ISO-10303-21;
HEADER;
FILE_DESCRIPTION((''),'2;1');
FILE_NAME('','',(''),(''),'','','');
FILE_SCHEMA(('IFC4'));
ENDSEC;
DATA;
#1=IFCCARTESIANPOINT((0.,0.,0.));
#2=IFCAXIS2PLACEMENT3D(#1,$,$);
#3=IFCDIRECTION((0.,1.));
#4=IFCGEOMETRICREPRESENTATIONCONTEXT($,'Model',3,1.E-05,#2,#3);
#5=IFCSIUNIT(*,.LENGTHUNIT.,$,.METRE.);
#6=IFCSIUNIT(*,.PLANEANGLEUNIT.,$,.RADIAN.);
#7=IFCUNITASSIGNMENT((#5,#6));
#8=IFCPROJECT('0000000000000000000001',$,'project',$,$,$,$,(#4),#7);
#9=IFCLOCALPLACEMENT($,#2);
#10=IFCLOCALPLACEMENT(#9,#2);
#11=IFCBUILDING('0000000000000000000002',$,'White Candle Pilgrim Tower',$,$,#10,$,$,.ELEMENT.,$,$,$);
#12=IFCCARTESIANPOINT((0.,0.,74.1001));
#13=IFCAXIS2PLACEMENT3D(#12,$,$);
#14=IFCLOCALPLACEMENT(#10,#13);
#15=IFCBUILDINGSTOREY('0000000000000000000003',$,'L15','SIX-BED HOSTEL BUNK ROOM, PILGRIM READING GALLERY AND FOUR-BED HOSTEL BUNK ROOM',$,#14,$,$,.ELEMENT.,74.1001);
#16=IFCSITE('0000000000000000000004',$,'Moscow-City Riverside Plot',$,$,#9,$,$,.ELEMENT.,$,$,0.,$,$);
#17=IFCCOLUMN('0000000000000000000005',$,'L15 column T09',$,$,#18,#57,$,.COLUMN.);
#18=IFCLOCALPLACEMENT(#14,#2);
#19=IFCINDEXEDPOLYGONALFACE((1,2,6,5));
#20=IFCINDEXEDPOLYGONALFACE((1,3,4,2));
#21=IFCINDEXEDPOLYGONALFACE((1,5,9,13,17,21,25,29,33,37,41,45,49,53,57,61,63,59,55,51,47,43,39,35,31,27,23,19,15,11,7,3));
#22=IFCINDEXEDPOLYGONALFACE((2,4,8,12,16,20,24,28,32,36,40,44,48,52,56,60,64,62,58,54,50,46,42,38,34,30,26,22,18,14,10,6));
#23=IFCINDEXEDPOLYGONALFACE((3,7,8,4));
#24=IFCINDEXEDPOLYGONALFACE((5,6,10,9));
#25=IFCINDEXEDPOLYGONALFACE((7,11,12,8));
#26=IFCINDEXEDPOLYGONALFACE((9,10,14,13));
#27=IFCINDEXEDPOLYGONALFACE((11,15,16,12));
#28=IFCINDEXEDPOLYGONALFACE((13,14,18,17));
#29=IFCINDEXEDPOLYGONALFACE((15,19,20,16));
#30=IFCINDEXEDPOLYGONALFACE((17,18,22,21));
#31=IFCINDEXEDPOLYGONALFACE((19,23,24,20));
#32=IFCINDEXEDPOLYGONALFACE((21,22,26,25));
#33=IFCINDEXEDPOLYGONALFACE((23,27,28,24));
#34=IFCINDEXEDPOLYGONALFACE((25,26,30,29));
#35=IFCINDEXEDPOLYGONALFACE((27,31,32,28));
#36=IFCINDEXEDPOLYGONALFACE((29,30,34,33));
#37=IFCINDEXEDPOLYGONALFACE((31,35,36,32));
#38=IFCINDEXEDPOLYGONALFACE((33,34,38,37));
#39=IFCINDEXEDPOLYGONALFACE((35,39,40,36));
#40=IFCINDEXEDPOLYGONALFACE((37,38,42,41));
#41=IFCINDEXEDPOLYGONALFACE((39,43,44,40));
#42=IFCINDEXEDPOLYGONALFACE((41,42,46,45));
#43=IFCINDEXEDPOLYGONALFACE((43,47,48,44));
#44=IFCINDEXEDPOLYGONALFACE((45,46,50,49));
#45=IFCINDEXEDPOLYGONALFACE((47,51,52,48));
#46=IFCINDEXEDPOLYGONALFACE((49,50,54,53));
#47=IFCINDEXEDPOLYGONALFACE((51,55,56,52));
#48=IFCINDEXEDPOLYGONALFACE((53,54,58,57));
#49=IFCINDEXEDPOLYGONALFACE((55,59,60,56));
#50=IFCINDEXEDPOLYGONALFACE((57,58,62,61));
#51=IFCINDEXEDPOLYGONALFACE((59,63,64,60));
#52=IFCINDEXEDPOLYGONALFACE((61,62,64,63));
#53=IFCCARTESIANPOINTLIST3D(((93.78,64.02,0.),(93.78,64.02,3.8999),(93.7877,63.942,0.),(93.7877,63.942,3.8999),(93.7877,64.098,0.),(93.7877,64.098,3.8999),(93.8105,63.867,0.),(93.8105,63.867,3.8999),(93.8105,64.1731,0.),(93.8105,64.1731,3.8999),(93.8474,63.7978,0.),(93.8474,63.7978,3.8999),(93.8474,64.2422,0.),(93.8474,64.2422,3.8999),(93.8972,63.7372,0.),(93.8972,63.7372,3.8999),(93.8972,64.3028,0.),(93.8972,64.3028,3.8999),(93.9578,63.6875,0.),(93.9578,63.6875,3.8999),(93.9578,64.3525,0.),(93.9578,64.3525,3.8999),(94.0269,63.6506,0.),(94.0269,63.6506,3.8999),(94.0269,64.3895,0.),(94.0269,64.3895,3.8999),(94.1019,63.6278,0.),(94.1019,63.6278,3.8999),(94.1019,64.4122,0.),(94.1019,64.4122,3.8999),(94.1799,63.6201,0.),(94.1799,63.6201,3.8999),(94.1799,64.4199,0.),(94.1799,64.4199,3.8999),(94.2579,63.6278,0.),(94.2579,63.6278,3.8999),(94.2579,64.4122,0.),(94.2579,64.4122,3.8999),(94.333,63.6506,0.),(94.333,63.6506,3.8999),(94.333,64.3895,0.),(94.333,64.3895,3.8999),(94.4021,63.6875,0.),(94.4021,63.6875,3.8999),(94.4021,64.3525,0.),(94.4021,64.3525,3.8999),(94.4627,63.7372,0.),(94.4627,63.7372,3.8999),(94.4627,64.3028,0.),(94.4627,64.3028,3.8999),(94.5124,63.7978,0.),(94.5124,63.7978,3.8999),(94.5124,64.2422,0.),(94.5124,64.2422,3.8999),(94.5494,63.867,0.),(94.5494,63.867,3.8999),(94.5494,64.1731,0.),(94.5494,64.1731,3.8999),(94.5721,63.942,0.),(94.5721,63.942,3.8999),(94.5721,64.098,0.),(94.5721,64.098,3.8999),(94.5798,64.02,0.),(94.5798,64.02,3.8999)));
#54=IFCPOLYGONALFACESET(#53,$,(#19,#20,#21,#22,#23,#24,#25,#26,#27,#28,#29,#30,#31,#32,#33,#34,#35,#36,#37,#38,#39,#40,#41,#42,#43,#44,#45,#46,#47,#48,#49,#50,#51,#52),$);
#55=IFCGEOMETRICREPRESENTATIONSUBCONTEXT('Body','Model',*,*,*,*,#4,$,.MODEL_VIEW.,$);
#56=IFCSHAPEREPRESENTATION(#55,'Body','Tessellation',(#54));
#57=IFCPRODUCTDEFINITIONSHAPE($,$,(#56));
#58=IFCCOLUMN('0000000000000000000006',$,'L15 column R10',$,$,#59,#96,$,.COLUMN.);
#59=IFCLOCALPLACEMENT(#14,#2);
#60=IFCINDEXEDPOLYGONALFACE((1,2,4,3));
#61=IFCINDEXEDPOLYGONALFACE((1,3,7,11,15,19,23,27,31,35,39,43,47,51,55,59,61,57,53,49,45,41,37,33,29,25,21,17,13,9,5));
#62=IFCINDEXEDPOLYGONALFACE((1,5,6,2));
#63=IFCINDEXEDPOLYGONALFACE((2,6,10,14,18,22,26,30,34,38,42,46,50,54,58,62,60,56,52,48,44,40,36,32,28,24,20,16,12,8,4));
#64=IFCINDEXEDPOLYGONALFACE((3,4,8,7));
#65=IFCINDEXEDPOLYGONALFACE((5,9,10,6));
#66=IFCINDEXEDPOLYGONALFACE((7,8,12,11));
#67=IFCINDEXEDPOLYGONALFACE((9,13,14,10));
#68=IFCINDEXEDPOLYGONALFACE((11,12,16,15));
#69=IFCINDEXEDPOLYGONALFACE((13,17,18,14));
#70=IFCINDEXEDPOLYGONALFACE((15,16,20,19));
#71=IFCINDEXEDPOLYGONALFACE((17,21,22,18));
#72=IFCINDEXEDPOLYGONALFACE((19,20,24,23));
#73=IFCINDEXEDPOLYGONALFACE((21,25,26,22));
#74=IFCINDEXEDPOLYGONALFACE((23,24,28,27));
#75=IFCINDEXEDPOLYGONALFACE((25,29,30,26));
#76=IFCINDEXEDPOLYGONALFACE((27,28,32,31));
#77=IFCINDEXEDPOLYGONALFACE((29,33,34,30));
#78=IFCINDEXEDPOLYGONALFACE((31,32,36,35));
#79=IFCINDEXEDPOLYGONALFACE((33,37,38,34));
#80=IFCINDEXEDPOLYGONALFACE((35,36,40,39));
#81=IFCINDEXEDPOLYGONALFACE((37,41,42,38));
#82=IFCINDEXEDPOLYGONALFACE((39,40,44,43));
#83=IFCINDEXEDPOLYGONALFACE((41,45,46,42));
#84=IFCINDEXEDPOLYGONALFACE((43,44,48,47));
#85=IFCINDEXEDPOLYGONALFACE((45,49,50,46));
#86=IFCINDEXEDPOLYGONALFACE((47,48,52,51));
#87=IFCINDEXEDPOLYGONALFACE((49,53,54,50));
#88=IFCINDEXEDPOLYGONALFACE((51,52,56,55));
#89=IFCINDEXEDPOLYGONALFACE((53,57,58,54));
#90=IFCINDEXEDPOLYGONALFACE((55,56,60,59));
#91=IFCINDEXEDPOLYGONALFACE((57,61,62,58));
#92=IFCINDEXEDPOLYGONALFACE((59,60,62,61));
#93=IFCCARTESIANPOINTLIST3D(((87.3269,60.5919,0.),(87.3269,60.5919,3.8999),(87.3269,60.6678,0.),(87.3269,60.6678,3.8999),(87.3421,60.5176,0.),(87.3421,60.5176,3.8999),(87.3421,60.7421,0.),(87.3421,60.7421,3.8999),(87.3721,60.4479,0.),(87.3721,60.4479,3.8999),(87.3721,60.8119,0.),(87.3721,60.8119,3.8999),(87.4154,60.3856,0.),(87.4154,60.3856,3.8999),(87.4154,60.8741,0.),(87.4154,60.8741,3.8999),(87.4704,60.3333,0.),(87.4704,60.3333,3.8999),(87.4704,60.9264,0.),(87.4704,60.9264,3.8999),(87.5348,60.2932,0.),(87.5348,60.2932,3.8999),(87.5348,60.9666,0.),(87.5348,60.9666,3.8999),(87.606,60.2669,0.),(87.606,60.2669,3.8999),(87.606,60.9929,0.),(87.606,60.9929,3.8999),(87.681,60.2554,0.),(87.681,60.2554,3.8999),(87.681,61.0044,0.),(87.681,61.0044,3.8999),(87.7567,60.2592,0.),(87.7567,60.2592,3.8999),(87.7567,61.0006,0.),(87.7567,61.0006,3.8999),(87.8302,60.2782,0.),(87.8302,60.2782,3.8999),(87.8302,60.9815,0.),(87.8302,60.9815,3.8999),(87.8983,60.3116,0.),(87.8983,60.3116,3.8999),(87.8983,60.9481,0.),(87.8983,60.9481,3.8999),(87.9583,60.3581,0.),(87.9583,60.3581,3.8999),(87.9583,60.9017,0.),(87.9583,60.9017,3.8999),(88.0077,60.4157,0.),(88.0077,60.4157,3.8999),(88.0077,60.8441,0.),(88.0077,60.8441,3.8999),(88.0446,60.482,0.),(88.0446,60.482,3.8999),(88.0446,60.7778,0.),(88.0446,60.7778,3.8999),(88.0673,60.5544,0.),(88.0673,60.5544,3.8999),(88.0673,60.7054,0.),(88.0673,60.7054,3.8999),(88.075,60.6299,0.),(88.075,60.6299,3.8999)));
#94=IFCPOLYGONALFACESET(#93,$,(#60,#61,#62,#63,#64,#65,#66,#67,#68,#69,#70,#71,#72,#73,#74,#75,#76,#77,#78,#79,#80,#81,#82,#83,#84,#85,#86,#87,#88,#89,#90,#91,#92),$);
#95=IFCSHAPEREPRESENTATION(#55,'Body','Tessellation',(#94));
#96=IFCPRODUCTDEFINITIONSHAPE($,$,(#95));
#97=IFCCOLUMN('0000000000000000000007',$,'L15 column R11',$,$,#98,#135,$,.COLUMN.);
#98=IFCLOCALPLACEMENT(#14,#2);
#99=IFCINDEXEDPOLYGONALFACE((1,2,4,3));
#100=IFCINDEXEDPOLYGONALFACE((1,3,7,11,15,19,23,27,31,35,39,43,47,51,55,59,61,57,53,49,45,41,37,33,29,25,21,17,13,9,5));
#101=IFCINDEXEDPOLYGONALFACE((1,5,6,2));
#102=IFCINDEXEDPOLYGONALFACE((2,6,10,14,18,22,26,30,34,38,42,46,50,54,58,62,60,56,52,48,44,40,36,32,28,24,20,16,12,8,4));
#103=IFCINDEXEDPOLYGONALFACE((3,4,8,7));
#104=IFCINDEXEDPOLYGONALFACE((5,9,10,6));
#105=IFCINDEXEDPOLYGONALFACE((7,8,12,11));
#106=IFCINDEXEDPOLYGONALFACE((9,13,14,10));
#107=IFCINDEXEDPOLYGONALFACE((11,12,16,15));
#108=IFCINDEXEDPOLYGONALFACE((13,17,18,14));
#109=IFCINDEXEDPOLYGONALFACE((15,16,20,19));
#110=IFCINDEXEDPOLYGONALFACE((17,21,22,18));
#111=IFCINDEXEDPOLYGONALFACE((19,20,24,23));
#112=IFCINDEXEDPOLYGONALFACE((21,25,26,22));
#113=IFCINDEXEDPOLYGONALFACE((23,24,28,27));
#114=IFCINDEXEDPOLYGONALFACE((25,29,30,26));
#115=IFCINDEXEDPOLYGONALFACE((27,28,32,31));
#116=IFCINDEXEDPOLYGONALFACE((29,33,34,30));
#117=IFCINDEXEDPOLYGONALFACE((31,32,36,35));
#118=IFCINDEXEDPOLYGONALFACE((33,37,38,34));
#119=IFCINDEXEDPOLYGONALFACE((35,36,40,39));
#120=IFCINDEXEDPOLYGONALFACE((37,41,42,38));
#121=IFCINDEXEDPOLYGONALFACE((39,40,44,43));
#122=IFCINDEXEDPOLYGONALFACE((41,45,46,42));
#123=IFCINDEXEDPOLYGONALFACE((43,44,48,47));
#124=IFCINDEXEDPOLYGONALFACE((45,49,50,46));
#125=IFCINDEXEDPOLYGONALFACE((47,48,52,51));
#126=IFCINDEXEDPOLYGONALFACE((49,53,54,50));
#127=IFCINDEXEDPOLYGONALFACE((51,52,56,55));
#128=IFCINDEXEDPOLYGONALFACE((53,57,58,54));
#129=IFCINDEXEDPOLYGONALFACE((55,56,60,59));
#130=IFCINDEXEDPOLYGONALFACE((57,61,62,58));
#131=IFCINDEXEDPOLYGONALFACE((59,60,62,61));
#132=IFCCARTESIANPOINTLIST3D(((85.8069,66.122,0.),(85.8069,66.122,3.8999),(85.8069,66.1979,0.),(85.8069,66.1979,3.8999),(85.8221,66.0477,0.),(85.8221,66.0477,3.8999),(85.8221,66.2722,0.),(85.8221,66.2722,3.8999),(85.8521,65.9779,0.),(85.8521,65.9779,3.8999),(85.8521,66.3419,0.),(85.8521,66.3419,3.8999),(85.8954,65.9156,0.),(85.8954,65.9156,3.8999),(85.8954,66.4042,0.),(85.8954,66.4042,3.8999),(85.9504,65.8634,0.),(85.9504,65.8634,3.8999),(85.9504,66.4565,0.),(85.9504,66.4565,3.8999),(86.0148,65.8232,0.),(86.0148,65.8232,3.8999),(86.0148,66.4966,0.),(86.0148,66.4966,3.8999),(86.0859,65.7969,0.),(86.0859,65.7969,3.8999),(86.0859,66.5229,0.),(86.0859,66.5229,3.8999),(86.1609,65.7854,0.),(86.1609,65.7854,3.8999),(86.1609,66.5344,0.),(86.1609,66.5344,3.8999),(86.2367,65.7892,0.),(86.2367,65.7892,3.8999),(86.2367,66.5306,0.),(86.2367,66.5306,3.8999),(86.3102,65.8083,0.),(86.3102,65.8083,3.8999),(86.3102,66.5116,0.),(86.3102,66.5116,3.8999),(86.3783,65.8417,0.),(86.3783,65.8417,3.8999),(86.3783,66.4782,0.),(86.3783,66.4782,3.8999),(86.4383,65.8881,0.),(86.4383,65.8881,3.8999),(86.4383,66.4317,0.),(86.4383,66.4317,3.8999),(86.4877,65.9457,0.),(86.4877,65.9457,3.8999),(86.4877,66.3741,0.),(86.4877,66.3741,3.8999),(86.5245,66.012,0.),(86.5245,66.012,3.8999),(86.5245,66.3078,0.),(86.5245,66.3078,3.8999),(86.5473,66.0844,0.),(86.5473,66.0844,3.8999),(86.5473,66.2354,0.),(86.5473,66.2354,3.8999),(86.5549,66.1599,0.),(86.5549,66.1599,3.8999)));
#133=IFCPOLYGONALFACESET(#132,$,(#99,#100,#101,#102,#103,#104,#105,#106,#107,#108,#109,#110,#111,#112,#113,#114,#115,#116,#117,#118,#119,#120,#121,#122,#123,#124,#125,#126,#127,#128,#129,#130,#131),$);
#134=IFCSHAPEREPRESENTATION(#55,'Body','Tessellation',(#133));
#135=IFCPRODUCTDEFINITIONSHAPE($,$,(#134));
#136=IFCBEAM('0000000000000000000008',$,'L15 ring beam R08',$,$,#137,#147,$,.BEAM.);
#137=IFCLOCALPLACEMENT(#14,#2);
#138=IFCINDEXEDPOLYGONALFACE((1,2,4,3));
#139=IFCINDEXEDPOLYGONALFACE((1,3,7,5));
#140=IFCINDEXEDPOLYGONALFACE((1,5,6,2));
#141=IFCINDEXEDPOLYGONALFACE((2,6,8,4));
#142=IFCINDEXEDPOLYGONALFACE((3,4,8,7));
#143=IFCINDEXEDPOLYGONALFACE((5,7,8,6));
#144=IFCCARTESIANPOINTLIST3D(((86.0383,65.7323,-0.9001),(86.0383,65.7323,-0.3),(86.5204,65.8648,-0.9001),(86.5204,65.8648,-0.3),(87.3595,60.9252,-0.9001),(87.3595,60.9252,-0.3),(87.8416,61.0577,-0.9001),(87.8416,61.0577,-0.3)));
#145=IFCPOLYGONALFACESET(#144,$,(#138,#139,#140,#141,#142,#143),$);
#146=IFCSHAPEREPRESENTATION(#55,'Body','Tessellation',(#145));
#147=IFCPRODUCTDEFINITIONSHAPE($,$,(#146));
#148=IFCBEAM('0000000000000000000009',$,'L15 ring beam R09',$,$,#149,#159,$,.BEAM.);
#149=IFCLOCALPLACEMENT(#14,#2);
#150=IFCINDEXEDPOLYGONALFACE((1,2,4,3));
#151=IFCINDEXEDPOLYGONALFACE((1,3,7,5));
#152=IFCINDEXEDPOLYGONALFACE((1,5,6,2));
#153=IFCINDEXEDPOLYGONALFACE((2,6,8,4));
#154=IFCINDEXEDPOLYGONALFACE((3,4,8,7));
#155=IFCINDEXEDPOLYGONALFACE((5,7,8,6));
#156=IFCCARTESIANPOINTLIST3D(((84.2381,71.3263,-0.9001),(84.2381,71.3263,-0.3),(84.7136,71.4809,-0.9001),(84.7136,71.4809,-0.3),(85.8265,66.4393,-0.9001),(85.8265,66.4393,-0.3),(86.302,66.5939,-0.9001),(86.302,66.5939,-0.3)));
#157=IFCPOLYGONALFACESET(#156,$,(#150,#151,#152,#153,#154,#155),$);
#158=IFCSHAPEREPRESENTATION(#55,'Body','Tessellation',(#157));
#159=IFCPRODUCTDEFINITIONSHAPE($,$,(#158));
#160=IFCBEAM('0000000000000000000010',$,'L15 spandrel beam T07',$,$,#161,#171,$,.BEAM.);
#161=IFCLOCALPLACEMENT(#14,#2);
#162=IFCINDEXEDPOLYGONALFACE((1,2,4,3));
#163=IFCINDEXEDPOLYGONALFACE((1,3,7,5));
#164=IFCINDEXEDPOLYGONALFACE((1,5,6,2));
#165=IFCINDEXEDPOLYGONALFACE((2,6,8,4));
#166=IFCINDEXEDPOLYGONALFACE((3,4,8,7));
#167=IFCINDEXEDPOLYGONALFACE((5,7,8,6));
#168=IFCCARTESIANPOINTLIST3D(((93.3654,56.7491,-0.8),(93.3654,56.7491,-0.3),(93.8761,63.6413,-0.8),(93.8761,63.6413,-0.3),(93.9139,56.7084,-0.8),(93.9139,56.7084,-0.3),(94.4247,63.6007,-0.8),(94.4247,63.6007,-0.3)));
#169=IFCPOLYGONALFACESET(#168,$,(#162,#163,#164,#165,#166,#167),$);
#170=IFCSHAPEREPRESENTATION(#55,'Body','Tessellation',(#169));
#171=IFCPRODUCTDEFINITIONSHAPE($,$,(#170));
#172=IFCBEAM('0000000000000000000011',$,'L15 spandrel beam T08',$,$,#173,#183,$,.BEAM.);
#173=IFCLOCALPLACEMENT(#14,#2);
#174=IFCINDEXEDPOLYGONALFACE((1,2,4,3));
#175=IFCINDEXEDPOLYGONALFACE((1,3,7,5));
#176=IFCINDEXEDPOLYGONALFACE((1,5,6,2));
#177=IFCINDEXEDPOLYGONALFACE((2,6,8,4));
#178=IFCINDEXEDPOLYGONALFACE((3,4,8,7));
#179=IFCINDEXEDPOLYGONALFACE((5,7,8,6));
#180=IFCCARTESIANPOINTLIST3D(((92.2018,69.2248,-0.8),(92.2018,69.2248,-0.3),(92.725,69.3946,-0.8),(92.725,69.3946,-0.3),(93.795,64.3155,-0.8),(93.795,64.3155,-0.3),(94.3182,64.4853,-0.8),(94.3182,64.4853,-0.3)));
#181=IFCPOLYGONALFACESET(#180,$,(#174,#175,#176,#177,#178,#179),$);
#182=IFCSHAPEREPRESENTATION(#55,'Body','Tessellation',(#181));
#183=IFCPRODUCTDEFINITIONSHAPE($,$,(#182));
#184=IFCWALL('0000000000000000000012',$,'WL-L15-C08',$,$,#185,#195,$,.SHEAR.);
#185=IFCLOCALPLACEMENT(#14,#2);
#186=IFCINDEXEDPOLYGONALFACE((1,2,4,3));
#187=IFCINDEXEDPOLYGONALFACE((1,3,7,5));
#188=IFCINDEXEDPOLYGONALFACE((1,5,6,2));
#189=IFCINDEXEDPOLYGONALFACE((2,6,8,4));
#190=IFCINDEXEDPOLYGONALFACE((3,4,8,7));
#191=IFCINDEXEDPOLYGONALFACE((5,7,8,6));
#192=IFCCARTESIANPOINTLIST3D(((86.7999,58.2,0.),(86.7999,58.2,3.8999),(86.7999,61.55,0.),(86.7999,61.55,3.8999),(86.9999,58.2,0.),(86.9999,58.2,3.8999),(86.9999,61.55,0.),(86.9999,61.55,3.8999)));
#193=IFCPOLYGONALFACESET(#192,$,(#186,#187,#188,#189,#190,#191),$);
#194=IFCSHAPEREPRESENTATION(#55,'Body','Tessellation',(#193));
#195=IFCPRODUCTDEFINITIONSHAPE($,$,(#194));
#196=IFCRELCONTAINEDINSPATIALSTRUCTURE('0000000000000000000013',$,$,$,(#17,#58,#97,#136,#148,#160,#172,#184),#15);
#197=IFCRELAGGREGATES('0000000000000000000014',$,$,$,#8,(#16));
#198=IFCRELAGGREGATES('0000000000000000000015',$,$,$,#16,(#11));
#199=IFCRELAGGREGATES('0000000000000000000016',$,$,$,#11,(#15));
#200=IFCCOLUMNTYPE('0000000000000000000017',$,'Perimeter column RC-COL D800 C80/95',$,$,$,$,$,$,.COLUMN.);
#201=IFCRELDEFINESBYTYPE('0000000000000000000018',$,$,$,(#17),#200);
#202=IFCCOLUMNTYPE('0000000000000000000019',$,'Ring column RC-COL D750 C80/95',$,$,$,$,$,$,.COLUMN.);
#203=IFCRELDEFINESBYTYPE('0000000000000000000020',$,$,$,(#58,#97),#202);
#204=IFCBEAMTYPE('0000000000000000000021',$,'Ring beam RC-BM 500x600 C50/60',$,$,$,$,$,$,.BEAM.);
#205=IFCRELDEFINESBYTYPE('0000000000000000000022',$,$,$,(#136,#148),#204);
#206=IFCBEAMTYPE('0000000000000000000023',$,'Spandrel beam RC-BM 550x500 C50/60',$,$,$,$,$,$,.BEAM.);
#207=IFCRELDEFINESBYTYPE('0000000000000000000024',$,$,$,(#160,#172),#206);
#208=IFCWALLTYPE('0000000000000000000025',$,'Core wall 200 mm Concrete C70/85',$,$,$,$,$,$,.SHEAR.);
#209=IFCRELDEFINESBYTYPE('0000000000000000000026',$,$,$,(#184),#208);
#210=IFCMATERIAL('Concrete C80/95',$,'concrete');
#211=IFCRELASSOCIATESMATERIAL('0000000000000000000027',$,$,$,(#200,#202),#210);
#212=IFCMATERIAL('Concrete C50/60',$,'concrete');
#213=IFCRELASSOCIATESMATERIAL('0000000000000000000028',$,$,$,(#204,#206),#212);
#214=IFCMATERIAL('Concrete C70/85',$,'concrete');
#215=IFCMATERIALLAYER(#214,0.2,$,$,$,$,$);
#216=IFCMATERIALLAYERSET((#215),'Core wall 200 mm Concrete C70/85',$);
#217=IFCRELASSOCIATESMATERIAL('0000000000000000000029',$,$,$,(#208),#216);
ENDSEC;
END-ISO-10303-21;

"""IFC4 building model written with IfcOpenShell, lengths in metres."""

from ifc_helpers import new_model, si_unit, direction, frame, frame_2d, origin, origin_2d, place, context, subcontext, project, spatial, rectangle, circle, extrude, material, layer, layer_set, material_profile, profile_set, type_object, element, save


model = new_model("IFC4")

# Units and contexts
model_context = context("Model", 3, precision=1e-05, world=origin(), true_north=direction((0.0, 1.0)))
body_context = subcontext(model_context, "Body", "Model", "MODEL_VIEW")
ifc_project = project(units=[si_unit("LENGTHUNIT", "METRE"), si_unit("PLANEANGLEUNIT", "RADIAN")], contexts=[model_context])

# Site, building, storey
site_placement = place(None, origin())
site = spatial("IfcSite", under=ifc_project, at=site_placement, Name="Moscow-City Riverside Plot", CompositionType="ELEMENT", RefElevation=0.0)
building_placement = place(site_placement, origin())
building = spatial("IfcBuilding", under=site, at=building_placement, Name="White Candle Pilgrim Tower", CompositionType="ELEMENT")
storey_placement = place(building_placement, frame((0.0, 0.0, 74.1001)))
storey = spatial("IfcBuildingStorey", under=building, at=storey_placement, Name="L15", Description="SIX-BED HOSTEL BUNK ROOM, PILGRIM READING GALLERY AND FOUR-BED HOSTEL BUNK ROOM", CompositionType="ELEMENT", Elevation=74.1001)

# Columns
ifc_material_1 = material(Name="Concrete C80/95", Category="concrete")
ifc_material_profile_1 = material_profile(ifc_material_1, circle(Radius=0.3999, at=origin_2d()), Name="RC-COL D800")
ifc_profile_set_1 = profile_set([ifc_material_profile_1], Name="Concrete C80/95")
column_type_1 = type_object("IfcColumnType", Name="Perimeter column RC-COL D800 C80/95", PredefinedType="COLUMN", material=ifc_profile_set_1)
column_placement = place(storey_placement, frame((94.1799, 64.02, 0.0), z_axis=(0.0, 0.0, 1.0), x_axis=(1.0, 0.0, 0.0)))
element("IfcColumn", 1, at=column_placement, inside=storey, type_object=column_type_1, Name="L15 column T09", PredefinedType="COLUMN", context=body_context, shape_type="SweptSolid", body=[
    extrude(circle(Radius=0.3999, at=origin_2d()), origin(), (0.0, 0.0, 1.0), 3.8999),
])
ifc_material_profile_2 = material_profile(ifc_material_1, circle(Radius=0.375, at=origin_2d()), Name="RC-COL D750")
ifc_profile_set_2 = profile_set([ifc_material_profile_2], Name="Concrete C80/95")
column_type_2 = type_object("IfcColumnType", Name="Ring column RC-COL D750 C80/95", PredefinedType="COLUMN", material=ifc_profile_set_2)
for number, where, z_axis, x_axis, name in (
    (2, (87.7, 60.6299, 0.0), (0.0, 0.0, 1.0), (1.0, 0.0, 0.0), "L15 column R10"),
    (3, (86.1799, 66.1599, 0.0), (0.0, 0.0, 1.0), (1.0, 0.0, 0.0), "L15 column R11"),
):
    element("IfcColumn", number, at=place(storey_placement, frame(where, z_axis=z_axis, x_axis=x_axis)), inside=storey, type_object=column_type_2, Name=name, PredefinedType="COLUMN", context=body_context, shape_type="SweptSolid", body=[
        extrude(circle(Radius=0.375, at=origin_2d()), origin(), (0.0, 0.0, 1.0), 3.8999),
    ])

# Beams
ifc_material_2 = material(Name="Concrete C50/60", Category="concrete")
ifc_material_profile_3 = material_profile(ifc_material_2, rectangle(XDim=0.5, YDim=0.6001, at=origin_2d()), Name="RC-BM 500x600")
ifc_profile_set_3 = profile_set([ifc_material_profile_3], Name="Concrete C50/60")
beam_type_1 = type_object("IfcBeamType", Name="Ring beam RC-BM 500x600 C50/60", PredefinedType="BEAM", material=ifc_profile_set_3)
beam_1_placement = place(storey_placement, frame((87.6006, 60.9915, -0.6001), z_axis=(-0.265031, 0.96424, 0.0), x_axis=(-0.96424, -0.265031, 0.0)))
element("IfcBeam", 4, at=beam_1_placement, inside=storey, type_object=beam_type_1, Name="L15 ring beam R08", PredefinedType="BEAM", context=body_context, shape_type="SweptSolid", body=[
    extrude(rectangle(XDim=0.5, YDim=0.6001, at=origin_2d()), origin(), (0.0, 0.0, 1.0), 4.9854),
])
beam_2_placement = place(storey_placement, frame((86.0642, 66.5166, -0.6001), z_axis=(-0.309106, 0.951027, 0.0), x_axis=(-0.951027, -0.309106, 0.0)))
element("IfcBeam", 5, at=beam_2_placement, inside=storey, type_object=beam_type_1, Name="L15 ring beam R09", PredefinedType="BEAM", context=body_context, shape_type="SweptSolid", body=[
    extrude(rectangle(XDim=0.5, YDim=0.6001, at=origin_2d()), origin(), (0.0, 0.0, 1.0), 5.1387),
])
ifc_material_profile_4 = material_profile(ifc_material_2, rectangle(XDim=0.55, YDim=0.5, at=origin_2d()), Name="RC-BM 550x500")
ifc_profile_set_4 = profile_set([ifc_material_profile_4], Name="Concrete C50/60")
beam_type_2 = type_object("IfcBeamType", Name="Spandrel beam RC-BM 550x500 C50/60", PredefinedType="BEAM", material=ifc_profile_set_4)
beam_3_placement = place(storey_placement, frame((93.6396, 56.7288, -0.55), z_axis=(0.0739, 0.997266, 0.0), x_axis=(-0.997266, 0.0739, 0.0)))
element("IfcBeam", 6, at=beam_3_placement, inside=storey, type_object=beam_type_2, Name="L15 spandrel beam T07", PredefinedType="BEAM", context=body_context, shape_type="SweptSolid", body=[
    extrude(rectangle(XDim=0.55, YDim=0.5, at=origin_2d()), origin(), (0.0, 0.0, 1.0), 6.9111),
])
beam_4_placement = place(storey_placement, frame((94.0566, 64.4004, -0.55), z_axis=(-0.308683, 0.951165, 0.0), x_axis=(-0.951165, -0.308683, 0.0)))
element("IfcBeam", 7, at=beam_4_placement, inside=storey, type_object=beam_type_2, Name="L15 spandrel beam T08", PredefinedType="BEAM", context=body_context, shape_type="SweptSolid", body=[
    extrude(rectangle(XDim=0.55, YDim=0.5, at=origin_2d()), origin(), (0.0, 0.0, 1.0), 5.1614),
])

# Wall
ifc_material_3 = material(Name="Concrete C70/85", Category="concrete")
ifc_layer_1 = layer(ifc_material_3, 0.2)
ifc_layer_set_1 = layer_set([ifc_layer_1], Name="Core wall 200 mm Concrete C70/85")
wall_type_1 = type_object("IfcWallType", Name="Core wall 200 mm Concrete C70/85", PredefinedType="SHEAR", material=ifc_layer_set_1)
wall_1_placement = place(storey_placement, frame((86.8999, 58.2, 0.0), z_axis=(0.0, 0.0, 1.0), x_axis=(0.0, 1.0, 0.0)))
element("IfcWall", 8, at=wall_1_placement, inside=storey, type_object=wall_type_1, Name="WL-L15-C08", PredefinedType="SHEAR", context=body_context, shape_type="SweptSolid", body=[
    extrude(rectangle(XDim=3.3501, YDim=0.2, at=frame_2d((1.675, 0.0))), origin(), (0.0, 0.0, 1.0), 3.8999),
])

save(model, "model.ifc")
